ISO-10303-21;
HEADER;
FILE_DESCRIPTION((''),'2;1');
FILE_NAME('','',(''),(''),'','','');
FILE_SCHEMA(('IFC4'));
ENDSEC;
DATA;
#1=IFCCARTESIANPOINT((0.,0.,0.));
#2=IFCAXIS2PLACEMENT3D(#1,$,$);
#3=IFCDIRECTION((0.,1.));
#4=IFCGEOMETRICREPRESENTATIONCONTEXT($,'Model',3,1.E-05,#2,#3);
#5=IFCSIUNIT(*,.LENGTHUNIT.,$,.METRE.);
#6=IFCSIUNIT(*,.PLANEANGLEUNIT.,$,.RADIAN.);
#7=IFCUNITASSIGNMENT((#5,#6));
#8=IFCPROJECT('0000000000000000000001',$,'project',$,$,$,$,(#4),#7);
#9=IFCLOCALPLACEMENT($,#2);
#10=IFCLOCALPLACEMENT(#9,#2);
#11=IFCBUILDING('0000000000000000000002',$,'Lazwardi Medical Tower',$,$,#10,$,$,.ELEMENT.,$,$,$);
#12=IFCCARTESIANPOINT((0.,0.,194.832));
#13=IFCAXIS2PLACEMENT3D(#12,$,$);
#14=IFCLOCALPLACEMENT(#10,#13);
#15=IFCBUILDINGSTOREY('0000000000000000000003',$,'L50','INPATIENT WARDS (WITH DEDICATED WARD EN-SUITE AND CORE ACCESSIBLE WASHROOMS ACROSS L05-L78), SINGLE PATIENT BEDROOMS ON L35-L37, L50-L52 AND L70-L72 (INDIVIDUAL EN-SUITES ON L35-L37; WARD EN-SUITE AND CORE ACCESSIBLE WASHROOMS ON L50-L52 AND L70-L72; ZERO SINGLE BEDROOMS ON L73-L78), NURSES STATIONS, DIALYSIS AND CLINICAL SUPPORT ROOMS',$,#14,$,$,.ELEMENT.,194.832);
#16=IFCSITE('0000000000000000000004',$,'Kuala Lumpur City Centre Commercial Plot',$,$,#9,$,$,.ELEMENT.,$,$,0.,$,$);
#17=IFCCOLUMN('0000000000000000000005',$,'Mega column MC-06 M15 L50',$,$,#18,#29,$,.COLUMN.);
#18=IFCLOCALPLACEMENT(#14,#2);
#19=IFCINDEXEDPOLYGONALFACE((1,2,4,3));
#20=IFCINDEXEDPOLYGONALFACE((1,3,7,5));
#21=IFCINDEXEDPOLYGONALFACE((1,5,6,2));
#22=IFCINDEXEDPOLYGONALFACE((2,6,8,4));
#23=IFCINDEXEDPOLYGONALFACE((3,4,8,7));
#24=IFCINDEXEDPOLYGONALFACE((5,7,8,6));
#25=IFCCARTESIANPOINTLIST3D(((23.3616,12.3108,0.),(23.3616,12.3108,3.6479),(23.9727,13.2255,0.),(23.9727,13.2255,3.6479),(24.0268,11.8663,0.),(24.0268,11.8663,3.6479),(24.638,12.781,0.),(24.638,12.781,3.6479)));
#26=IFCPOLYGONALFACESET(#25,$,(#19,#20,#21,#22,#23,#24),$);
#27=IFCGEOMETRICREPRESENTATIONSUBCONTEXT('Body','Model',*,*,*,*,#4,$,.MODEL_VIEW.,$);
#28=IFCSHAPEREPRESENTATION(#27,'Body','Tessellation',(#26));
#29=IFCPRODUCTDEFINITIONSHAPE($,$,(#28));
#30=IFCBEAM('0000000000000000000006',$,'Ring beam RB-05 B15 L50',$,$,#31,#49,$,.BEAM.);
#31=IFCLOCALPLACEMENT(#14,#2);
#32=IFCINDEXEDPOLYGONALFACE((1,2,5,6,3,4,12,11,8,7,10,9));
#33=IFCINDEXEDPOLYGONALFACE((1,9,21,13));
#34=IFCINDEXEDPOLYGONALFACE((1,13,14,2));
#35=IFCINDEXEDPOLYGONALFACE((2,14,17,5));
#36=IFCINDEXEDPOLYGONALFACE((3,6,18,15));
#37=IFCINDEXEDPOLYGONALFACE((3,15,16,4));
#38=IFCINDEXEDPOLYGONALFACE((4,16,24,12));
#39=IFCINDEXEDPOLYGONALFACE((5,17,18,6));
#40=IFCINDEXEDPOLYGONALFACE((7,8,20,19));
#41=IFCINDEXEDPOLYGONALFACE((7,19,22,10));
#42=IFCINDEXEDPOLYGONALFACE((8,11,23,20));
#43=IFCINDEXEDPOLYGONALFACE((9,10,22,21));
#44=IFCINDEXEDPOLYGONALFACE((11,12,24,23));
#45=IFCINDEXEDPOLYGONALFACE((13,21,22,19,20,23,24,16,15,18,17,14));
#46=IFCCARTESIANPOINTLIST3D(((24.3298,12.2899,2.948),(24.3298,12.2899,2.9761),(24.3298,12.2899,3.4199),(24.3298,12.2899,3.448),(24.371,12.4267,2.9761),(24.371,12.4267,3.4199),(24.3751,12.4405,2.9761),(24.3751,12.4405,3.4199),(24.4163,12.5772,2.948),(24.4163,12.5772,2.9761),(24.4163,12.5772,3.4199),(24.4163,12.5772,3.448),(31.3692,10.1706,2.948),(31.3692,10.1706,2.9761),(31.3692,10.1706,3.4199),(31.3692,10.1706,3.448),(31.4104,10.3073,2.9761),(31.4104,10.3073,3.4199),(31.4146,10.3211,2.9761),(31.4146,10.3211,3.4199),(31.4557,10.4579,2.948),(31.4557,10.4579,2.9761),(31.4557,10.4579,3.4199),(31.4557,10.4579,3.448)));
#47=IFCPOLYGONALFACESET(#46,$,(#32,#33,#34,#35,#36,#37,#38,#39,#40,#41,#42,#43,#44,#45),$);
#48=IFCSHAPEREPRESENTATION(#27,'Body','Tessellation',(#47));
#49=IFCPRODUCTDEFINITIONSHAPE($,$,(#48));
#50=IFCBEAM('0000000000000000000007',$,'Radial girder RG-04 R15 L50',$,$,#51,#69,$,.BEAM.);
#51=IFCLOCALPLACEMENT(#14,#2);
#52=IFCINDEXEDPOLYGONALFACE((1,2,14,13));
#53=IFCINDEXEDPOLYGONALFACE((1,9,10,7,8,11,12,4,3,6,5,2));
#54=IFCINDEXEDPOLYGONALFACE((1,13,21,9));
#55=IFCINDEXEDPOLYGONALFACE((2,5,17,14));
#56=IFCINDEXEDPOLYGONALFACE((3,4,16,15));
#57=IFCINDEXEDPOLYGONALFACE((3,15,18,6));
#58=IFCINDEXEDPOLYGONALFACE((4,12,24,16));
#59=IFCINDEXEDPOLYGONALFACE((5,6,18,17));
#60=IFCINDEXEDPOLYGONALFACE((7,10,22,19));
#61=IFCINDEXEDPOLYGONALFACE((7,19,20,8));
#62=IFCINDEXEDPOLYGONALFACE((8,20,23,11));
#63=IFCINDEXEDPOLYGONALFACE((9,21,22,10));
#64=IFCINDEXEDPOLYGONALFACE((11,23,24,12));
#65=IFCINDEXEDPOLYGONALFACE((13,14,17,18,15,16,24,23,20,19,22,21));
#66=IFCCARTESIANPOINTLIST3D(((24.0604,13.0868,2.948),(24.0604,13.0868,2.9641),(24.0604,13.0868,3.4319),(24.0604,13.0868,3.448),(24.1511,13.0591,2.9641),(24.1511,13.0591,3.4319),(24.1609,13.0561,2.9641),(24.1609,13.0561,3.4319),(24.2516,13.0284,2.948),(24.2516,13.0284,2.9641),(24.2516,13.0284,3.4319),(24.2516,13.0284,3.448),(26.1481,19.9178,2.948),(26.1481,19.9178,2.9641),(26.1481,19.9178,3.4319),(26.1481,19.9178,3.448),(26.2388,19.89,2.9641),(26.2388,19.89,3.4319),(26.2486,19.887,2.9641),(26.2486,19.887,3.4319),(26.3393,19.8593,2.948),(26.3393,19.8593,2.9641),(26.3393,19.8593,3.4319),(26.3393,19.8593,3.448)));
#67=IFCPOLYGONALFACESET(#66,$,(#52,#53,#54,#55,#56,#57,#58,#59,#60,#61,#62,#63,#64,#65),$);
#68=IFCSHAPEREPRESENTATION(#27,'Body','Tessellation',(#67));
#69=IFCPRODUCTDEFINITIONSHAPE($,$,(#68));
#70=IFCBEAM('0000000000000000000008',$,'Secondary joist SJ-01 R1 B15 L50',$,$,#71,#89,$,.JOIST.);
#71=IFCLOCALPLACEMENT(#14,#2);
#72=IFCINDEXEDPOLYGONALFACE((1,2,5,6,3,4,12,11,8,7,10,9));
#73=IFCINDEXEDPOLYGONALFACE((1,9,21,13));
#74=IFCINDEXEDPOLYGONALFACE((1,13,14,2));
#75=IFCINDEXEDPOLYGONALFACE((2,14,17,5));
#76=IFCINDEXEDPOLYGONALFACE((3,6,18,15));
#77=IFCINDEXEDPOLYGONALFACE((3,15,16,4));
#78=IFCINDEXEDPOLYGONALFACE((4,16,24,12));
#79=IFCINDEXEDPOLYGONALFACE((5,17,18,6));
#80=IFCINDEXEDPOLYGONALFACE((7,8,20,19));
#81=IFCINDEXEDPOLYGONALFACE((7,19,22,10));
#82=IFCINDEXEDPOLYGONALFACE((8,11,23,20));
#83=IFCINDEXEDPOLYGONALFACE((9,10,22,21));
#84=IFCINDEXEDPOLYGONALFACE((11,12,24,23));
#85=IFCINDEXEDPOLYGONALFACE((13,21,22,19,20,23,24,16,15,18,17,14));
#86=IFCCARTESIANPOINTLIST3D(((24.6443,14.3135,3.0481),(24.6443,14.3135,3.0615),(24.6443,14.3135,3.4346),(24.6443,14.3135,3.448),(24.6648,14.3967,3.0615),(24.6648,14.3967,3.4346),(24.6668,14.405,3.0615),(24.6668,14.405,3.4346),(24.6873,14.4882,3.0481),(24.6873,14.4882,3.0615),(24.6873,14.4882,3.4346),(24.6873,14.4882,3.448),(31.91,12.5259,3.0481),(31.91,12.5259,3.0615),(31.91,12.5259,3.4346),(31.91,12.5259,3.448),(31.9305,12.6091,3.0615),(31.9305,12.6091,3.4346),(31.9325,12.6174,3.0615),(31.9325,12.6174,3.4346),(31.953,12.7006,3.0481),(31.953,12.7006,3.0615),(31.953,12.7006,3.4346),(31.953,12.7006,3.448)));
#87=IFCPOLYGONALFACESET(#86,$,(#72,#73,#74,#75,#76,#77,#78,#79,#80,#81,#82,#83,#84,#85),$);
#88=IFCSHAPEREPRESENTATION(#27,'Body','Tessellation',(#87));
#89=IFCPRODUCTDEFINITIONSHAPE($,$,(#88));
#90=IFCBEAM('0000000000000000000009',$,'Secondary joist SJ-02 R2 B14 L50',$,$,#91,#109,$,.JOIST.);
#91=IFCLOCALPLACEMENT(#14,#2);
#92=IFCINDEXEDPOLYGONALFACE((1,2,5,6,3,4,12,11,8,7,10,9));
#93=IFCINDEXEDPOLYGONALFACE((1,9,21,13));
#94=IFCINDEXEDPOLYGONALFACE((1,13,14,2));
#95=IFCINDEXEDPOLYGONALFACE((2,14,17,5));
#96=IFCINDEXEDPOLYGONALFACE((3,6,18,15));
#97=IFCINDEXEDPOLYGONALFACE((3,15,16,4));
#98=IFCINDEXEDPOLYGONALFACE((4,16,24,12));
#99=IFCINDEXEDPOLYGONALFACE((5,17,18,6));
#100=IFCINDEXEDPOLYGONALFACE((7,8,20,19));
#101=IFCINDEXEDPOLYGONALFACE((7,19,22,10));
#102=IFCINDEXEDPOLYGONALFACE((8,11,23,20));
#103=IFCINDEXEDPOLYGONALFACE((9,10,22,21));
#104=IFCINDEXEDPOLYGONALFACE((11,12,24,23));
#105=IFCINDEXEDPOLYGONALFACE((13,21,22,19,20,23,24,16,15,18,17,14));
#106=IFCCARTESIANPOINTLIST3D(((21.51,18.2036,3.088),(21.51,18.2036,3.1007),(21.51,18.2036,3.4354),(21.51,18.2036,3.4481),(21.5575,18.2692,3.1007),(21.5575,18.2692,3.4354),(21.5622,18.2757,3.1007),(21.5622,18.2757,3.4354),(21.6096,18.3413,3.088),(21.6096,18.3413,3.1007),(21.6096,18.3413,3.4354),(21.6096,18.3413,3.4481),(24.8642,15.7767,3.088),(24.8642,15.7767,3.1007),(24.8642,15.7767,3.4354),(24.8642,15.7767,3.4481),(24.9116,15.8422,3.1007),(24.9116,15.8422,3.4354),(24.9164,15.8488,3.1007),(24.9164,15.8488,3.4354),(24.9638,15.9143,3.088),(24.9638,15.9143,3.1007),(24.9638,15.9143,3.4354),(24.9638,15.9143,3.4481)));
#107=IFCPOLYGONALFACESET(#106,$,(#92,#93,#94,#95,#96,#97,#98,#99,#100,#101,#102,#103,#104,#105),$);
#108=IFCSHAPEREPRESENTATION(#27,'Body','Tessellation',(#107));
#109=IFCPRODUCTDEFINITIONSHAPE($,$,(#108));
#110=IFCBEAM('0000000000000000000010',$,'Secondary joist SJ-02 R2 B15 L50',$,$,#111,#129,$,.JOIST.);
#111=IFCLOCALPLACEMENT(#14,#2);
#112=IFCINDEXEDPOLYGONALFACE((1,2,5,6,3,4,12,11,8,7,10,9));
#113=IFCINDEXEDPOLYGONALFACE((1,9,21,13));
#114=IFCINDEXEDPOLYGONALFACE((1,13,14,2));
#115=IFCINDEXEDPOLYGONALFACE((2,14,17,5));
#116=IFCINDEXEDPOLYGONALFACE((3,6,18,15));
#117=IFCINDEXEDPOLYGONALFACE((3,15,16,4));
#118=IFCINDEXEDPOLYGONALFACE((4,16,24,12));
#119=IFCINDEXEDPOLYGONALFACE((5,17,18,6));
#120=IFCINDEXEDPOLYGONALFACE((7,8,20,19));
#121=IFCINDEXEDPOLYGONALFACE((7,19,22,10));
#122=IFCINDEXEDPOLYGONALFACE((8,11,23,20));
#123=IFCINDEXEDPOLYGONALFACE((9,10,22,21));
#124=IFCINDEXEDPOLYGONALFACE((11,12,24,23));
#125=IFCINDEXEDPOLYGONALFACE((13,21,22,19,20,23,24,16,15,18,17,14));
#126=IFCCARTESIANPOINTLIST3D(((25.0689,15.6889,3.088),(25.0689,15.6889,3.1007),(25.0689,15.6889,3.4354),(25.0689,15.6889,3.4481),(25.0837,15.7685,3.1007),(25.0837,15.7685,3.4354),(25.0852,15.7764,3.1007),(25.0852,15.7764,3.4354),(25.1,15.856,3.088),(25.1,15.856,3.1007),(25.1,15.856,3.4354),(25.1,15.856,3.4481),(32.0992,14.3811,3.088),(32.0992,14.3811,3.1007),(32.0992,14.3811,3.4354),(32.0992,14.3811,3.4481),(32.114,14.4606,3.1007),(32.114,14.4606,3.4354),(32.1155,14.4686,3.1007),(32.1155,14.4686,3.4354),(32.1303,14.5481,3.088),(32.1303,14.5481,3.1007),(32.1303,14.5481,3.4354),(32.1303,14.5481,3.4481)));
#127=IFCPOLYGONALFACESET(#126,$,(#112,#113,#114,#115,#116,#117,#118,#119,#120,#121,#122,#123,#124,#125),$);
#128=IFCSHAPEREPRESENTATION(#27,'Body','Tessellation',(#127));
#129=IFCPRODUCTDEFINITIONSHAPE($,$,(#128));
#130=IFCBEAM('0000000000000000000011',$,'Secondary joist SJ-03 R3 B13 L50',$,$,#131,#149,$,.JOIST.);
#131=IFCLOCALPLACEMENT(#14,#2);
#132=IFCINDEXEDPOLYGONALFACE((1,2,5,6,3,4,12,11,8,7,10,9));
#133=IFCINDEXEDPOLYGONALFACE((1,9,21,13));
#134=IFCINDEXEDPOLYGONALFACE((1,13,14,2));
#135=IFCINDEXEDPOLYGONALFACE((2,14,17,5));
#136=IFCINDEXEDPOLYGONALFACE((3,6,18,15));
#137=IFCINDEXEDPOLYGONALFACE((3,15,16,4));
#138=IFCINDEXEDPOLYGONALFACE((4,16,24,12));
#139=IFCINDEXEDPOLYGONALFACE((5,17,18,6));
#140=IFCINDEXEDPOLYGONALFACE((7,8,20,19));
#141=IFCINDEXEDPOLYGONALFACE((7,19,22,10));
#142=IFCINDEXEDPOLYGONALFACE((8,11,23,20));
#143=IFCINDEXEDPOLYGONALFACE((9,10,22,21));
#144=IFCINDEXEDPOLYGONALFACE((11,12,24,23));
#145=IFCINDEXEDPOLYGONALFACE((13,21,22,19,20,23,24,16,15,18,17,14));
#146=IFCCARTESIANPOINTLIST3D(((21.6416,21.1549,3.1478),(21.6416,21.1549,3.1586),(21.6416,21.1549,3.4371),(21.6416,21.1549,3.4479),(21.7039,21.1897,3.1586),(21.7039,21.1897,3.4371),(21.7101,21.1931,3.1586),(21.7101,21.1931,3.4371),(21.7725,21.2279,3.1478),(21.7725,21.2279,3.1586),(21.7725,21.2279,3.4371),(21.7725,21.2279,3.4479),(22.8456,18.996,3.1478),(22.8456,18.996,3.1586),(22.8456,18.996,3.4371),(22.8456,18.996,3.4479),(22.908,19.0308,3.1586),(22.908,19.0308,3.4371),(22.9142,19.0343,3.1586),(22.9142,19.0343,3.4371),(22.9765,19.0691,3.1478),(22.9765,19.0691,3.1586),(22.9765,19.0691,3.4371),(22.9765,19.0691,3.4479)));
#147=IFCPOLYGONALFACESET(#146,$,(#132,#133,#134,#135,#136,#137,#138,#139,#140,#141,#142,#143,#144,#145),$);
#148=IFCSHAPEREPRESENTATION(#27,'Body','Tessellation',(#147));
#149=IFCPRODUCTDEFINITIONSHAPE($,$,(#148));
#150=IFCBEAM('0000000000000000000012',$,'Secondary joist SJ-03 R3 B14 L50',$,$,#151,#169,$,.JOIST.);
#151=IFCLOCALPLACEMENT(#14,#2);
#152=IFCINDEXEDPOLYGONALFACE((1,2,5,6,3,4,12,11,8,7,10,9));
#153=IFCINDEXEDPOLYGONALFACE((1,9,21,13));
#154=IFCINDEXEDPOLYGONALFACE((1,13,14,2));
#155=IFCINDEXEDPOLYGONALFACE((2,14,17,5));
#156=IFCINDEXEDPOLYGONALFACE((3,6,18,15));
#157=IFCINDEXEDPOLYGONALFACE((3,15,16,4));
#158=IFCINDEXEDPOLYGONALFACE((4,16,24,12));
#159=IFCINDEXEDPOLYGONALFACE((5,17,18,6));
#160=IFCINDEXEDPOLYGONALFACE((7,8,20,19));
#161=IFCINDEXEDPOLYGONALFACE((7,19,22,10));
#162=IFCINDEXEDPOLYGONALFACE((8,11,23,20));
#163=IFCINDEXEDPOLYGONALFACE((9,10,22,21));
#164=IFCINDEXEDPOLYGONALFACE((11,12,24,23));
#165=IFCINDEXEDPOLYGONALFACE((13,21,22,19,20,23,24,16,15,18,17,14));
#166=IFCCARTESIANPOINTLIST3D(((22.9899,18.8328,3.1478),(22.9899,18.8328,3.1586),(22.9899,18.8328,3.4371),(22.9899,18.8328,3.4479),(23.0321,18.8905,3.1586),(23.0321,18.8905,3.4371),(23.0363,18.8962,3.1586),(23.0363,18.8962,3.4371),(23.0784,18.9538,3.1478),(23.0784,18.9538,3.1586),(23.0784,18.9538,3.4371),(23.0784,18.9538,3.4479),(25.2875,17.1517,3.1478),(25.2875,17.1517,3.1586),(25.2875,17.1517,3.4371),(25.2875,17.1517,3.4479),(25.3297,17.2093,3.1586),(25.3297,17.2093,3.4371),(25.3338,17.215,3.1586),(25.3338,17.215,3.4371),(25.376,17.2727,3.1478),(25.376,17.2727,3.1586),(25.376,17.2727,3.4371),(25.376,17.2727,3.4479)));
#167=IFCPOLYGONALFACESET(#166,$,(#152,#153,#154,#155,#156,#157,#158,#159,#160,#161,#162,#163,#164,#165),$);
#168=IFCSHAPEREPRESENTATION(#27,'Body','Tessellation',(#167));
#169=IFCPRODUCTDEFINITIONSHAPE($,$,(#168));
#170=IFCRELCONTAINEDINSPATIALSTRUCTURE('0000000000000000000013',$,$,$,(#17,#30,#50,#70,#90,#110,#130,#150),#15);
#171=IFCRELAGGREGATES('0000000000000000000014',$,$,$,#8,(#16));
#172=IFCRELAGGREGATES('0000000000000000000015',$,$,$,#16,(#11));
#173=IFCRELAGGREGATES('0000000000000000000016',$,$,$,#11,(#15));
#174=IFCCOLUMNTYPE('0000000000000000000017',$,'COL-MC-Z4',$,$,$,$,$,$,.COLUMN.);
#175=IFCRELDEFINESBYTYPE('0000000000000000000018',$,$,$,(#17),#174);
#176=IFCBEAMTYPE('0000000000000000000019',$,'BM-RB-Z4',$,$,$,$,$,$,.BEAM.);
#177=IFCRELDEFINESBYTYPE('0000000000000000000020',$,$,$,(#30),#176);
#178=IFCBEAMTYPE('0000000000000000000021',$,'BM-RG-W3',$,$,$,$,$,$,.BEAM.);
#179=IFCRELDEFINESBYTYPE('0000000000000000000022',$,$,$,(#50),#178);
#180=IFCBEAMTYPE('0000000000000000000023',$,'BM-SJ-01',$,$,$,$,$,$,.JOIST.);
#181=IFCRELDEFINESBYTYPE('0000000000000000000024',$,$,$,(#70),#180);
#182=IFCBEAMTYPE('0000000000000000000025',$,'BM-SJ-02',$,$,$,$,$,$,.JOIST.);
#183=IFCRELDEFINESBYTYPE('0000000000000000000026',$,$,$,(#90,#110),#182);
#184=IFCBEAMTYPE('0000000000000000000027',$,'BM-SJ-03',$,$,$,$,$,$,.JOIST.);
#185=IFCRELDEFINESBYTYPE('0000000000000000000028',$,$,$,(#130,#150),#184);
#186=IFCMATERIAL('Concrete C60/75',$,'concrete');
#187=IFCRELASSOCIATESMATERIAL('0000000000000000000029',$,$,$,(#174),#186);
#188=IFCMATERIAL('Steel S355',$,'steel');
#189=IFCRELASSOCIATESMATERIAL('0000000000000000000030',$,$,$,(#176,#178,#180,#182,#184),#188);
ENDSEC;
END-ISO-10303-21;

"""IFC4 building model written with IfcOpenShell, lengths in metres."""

from ifc_helpers import new_model, si_unit, direction, frame, origin, origin_2d, place, context, subcontext, project, spatial, rectangle, i_section, extrude, material, material_profile, profile_set, type_object, element, save


model = new_model("IFC4")

# Units and contexts
model_context = context("Model", 3, precision=1e-05, world=origin(), true_north=direction((0.0, 1.0)))
body_context = subcontext(model_context, "Body", "Model", "MODEL_VIEW")
ifc_project = project(units=[si_unit("LENGTHUNIT", "METRE"), si_unit("PLANEANGLEUNIT", "RADIAN")], contexts=[model_context])

# Site, building, storey
site_placement = place(None, origin())
site = spatial("IfcSite", under=ifc_project, at=site_placement, Name="Kuala Lumpur City Centre Commercial Plot", CompositionType="ELEMENT", RefElevation=0.0)
building_placement = place(site_placement, origin())
building = spatial("IfcBuilding", under=site, at=building_placement, Name="Lazwardi Medical Tower", CompositionType="ELEMENT")
storey_placement = place(building_placement, frame((0.0, 0.0, 194.832)))
storey = spatial("IfcBuildingStorey", under=building, at=storey_placement, Name="L50", Description="INPATIENT WARDS (WITH DEDICATED WARD EN-SUITE AND CORE ACCESSIBLE WASHROOMS ACROSS L05-L78), SINGLE PATIENT BEDROOMS ON L35-L37, L50-L52 AND L70-L72 (INDIVIDUAL EN-SUITES ON L35-L37; WARD EN-SUITE AND CORE ACCESSIBLE WASHROOMS ON L50-L52 AND L70-L72; ZERO SINGLE BEDROOMS ON L73-L78), NURSES STATIONS, DIALYSIS AND CLINICAL SUPPORT ROOMS", CompositionType="ELEMENT", Elevation=194.832)

# Column
ifc_material_1 = material(Name="Concrete C60/75", Category="concrete")
ifc_material_profile_1 = material_profile(ifc_material_1, rectangle(XDim=1.1001, YDim=0.8, at=origin_2d()), Name="CFT-RECT 1100x800")
ifc_profile_set_1 = profile_set([ifc_material_profile_1], Name="Concrete C60/75")
column_type = type_object("IfcColumnType", Name="COL-MC-Z4", PredefinedType="COLUMN", material=ifc_profile_set_1)
column_placement = place(storey_placement, frame((23.9998, 12.5459, 0.0), z_axis=(0.0, 0.0, 1.0), x_axis=(-0.55557, -0.83147, 0.0)))
element("IfcColumn", 1, at=column_placement, inside=storey, type_object=column_type, Name="Mega column MC-06 M15 L50", PredefinedType="COLUMN", context=body_context, shape_type="SweptSolid", body=[
    extrude(rectangle(XDim=1.1001, YDim=0.8, at=origin_2d()), origin(), (0.0, 0.0, 1.0), 3.6479),
])

# Beams
ifc_material_2 = material(Name="Steel S355", Category="steel")
ifc_material_profile_2 = material_profile(ifc_material_2, i_section(OverallWidth=0.3, OverallDepth=0.5, WebThickness=0.0144, FlangeThickness=0.0281, at=origin_2d()), Name="HEB 500")
ifc_profile_set_2 = profile_set([ifc_material_profile_2], Name="Steel S355")
beam_type_1 = type_object("IfcBeamType", Name="BM-RB-Z4", PredefinedType="BEAM", material=ifc_profile_set_2)
beam_1_placement = place(storey_placement, frame((24.373, 12.4336, 3.198), z_axis=(0.957544, -0.288286, 0.0), x_axis=(0.288286, 0.957544, 0.0)))
element("IfcBeam", 2, at=beam_1_placement, inside=storey, type_object=beam_type_1, Name="Ring beam RB-05 B15 L50", PredefinedType="BEAM", context=body_context, shape_type="SweptSolid", body=[
    extrude(i_section(OverallWidth=0.3, OverallDepth=0.5, WebThickness=0.0144, FlangeThickness=0.0281, at=origin_2d()), origin(), (0.0, 0.0, 1.0), 7.3516),
])
ifc_material_profile_3 = material_profile(ifc_material_2, i_section(OverallWidth=0.2, OverallDepth=0.5, WebThickness=0.0103, FlangeThickness=0.0161, at=origin_2d()), Name="IPE 500")
ifc_profile_set_3 = profile_set([ifc_material_profile_3], Name="Steel S355")
beam_type_2 = type_object("IfcBeamType", Name="BM-RG-W3", PredefinedType="BEAM", material=ifc_profile_set_3)
beam_2_placement = place(storey_placement, frame((24.156, 13.0576, 3.198), z_axis=(0.292277, 0.956334, 0.0), x_axis=(-0.956334, 0.292277, 0.0)))
element("IfcBeam", 3, at=beam_2_placement, inside=storey, type_object=beam_type_2, Name="Radial girder RG-04 R15 L50", PredefinedType="BEAM", context=body_context, shape_type="SweptSolid", body=[
    extrude(i_section(OverallWidth=0.2, OverallDepth=0.5, WebThickness=0.0103, FlangeThickness=0.0161, at=origin_2d()), origin(), (0.0, 0.0, 1.0), 7.1428),
])
ifc_material_profile_4 = material_profile(ifc_material_2, i_section(OverallWidth=0.1799, OverallDepth=0.3999, WebThickness=0.0085, FlangeThickness=0.0134, at=origin_2d()), Name="IPE 400")
ifc_profile_set_4 = profile_set([ifc_material_profile_4], Name="Steel S355")
beam_type_3 = type_object("IfcBeamType", Name="BM-SJ-01", PredefinedType="JOIST", material=ifc_profile_set_4)
beam_3_placement = place(storey_placement, frame((24.6658, 14.4009, 3.248), z_axis=(0.971042, -0.23891, 0.0), x_axis=(0.23891, 0.971042, 0.0)))
element("IfcBeam", 4, at=beam_3_placement, inside=storey, type_object=beam_type_3, Name="Secondary joist SJ-01 R1 B15 L50", PredefinedType="JOIST", context=body_context, shape_type="SweptSolid", body=[
    extrude(i_section(OverallWidth=0.1799, OverallDepth=0.3999, WebThickness=0.0085, FlangeThickness=0.0134, at=origin_2d()), origin(), (0.0, 0.0, 1.0), 7.4824),
])
ifc_material_profile_5 = material_profile(ifc_material_2, i_section(OverallWidth=0.1699, OverallDepth=0.3601, WebThickness=0.0081, FlangeThickness=0.0127, at=origin_2d()), Name="IPE 360")
ifc_profile_set_5 = profile_set([ifc_material_profile_5], Name="Steel S355")
beam_type_4 = type_object("IfcBeamType", Name="BM-SJ-02", PredefinedType="JOIST", material=ifc_profile_set_5)
beam_4_placement = place(storey_placement, frame((21.5598, 18.2725, 3.2681), z_axis=(0.810164, -0.586203, 0.0), x_axis=(0.586203, 0.810164, 0.0)))
element("IfcBeam", 5, at=beam_4_placement, inside=storey, type_object=beam_type_4, Name="Secondary joist SJ-02 R2 B14 L50", PredefinedType="JOIST", context=body_context, shape_type="SweptSolid", body=[
    extrude(i_section(OverallWidth=0.1699, OverallDepth=0.3601, WebThickness=0.0081, FlangeThickness=0.0127, at=origin_2d()), origin(), (0.0, 0.0, 1.0), 4.1401),
])
beam_5_placement = place(storey_placement, frame((25.0845, 15.7725, 3.2681), z_axis=(0.983132, -0.182895, 0.0), x_axis=(0.182895, 0.983132, 0.0)))
element("IfcBeam", 6, at=beam_5_placement, inside=storey, type_object=beam_type_4, Name="Secondary joist SJ-02 R2 B15 L50", PredefinedType="JOIST", context=body_context, shape_type="SweptSolid", body=[
    extrude(i_section(OverallWidth=0.1699, OverallDepth=0.3601, WebThickness=0.0081, FlangeThickness=0.0127, at=origin_2d()), origin(), (0.0, 0.0, 1.0), 7.1509),
])
ifc_material_profile_6 = material_profile(ifc_material_2, i_section(OverallWidth=0.1499, OverallDepth=0.3, WebThickness=0.0071, FlangeThickness=0.0107, at=origin_2d()), Name="IPE 300")
ifc_profile_set_6 = profile_set([ifc_material_profile_6], Name="Steel S355")
beam_type_5 = type_object("IfcBeamType", Name="BM-SJ-03", PredefinedType="JOIST", material=ifc_profile_set_6)
beam_6_placement = place(storey_placement, frame((21.707, 21.1914, 3.2979), z_axis=(0.487093, -0.87335, 0.0), x_axis=(0.87335, 0.487093, 0.0)))
element("IfcBeam", 7, at=beam_6_placement, inside=storey, type_object=beam_type_5, Name="Secondary joist SJ-03 R3 B13 L50", PredefinedType="JOIST", context=body_context, shape_type="SweptSolid", body=[
    extrude(i_section(OverallWidth=0.1499, OverallDepth=0.3, WebThickness=0.0071, FlangeThickness=0.0107, at=origin_2d()), origin(), (0.0, 0.0, 1.0), 2.4719),
])
beam_7_placement = place(storey_placement, frame((23.0342, 18.8933, 3.2979), z_axis=(0.807034, -0.590505, 0.0), x_axis=(0.590505, 0.807034, 0.0)))
element("IfcBeam", 8, at=beam_7_placement, inside=storey, type_object=beam_type_5, Name="Secondary joist SJ-03 R3 B14 L50", PredefinedType="JOIST", context=body_context, shape_type="SweptSolid", body=[
    extrude(i_section(OverallWidth=0.1499, OverallDepth=0.3, WebThickness=0.0071, FlangeThickness=0.0107, at=origin_2d()), origin(), (0.0, 0.0, 1.0), 2.8469),
])

save(model, "model.ifc")
